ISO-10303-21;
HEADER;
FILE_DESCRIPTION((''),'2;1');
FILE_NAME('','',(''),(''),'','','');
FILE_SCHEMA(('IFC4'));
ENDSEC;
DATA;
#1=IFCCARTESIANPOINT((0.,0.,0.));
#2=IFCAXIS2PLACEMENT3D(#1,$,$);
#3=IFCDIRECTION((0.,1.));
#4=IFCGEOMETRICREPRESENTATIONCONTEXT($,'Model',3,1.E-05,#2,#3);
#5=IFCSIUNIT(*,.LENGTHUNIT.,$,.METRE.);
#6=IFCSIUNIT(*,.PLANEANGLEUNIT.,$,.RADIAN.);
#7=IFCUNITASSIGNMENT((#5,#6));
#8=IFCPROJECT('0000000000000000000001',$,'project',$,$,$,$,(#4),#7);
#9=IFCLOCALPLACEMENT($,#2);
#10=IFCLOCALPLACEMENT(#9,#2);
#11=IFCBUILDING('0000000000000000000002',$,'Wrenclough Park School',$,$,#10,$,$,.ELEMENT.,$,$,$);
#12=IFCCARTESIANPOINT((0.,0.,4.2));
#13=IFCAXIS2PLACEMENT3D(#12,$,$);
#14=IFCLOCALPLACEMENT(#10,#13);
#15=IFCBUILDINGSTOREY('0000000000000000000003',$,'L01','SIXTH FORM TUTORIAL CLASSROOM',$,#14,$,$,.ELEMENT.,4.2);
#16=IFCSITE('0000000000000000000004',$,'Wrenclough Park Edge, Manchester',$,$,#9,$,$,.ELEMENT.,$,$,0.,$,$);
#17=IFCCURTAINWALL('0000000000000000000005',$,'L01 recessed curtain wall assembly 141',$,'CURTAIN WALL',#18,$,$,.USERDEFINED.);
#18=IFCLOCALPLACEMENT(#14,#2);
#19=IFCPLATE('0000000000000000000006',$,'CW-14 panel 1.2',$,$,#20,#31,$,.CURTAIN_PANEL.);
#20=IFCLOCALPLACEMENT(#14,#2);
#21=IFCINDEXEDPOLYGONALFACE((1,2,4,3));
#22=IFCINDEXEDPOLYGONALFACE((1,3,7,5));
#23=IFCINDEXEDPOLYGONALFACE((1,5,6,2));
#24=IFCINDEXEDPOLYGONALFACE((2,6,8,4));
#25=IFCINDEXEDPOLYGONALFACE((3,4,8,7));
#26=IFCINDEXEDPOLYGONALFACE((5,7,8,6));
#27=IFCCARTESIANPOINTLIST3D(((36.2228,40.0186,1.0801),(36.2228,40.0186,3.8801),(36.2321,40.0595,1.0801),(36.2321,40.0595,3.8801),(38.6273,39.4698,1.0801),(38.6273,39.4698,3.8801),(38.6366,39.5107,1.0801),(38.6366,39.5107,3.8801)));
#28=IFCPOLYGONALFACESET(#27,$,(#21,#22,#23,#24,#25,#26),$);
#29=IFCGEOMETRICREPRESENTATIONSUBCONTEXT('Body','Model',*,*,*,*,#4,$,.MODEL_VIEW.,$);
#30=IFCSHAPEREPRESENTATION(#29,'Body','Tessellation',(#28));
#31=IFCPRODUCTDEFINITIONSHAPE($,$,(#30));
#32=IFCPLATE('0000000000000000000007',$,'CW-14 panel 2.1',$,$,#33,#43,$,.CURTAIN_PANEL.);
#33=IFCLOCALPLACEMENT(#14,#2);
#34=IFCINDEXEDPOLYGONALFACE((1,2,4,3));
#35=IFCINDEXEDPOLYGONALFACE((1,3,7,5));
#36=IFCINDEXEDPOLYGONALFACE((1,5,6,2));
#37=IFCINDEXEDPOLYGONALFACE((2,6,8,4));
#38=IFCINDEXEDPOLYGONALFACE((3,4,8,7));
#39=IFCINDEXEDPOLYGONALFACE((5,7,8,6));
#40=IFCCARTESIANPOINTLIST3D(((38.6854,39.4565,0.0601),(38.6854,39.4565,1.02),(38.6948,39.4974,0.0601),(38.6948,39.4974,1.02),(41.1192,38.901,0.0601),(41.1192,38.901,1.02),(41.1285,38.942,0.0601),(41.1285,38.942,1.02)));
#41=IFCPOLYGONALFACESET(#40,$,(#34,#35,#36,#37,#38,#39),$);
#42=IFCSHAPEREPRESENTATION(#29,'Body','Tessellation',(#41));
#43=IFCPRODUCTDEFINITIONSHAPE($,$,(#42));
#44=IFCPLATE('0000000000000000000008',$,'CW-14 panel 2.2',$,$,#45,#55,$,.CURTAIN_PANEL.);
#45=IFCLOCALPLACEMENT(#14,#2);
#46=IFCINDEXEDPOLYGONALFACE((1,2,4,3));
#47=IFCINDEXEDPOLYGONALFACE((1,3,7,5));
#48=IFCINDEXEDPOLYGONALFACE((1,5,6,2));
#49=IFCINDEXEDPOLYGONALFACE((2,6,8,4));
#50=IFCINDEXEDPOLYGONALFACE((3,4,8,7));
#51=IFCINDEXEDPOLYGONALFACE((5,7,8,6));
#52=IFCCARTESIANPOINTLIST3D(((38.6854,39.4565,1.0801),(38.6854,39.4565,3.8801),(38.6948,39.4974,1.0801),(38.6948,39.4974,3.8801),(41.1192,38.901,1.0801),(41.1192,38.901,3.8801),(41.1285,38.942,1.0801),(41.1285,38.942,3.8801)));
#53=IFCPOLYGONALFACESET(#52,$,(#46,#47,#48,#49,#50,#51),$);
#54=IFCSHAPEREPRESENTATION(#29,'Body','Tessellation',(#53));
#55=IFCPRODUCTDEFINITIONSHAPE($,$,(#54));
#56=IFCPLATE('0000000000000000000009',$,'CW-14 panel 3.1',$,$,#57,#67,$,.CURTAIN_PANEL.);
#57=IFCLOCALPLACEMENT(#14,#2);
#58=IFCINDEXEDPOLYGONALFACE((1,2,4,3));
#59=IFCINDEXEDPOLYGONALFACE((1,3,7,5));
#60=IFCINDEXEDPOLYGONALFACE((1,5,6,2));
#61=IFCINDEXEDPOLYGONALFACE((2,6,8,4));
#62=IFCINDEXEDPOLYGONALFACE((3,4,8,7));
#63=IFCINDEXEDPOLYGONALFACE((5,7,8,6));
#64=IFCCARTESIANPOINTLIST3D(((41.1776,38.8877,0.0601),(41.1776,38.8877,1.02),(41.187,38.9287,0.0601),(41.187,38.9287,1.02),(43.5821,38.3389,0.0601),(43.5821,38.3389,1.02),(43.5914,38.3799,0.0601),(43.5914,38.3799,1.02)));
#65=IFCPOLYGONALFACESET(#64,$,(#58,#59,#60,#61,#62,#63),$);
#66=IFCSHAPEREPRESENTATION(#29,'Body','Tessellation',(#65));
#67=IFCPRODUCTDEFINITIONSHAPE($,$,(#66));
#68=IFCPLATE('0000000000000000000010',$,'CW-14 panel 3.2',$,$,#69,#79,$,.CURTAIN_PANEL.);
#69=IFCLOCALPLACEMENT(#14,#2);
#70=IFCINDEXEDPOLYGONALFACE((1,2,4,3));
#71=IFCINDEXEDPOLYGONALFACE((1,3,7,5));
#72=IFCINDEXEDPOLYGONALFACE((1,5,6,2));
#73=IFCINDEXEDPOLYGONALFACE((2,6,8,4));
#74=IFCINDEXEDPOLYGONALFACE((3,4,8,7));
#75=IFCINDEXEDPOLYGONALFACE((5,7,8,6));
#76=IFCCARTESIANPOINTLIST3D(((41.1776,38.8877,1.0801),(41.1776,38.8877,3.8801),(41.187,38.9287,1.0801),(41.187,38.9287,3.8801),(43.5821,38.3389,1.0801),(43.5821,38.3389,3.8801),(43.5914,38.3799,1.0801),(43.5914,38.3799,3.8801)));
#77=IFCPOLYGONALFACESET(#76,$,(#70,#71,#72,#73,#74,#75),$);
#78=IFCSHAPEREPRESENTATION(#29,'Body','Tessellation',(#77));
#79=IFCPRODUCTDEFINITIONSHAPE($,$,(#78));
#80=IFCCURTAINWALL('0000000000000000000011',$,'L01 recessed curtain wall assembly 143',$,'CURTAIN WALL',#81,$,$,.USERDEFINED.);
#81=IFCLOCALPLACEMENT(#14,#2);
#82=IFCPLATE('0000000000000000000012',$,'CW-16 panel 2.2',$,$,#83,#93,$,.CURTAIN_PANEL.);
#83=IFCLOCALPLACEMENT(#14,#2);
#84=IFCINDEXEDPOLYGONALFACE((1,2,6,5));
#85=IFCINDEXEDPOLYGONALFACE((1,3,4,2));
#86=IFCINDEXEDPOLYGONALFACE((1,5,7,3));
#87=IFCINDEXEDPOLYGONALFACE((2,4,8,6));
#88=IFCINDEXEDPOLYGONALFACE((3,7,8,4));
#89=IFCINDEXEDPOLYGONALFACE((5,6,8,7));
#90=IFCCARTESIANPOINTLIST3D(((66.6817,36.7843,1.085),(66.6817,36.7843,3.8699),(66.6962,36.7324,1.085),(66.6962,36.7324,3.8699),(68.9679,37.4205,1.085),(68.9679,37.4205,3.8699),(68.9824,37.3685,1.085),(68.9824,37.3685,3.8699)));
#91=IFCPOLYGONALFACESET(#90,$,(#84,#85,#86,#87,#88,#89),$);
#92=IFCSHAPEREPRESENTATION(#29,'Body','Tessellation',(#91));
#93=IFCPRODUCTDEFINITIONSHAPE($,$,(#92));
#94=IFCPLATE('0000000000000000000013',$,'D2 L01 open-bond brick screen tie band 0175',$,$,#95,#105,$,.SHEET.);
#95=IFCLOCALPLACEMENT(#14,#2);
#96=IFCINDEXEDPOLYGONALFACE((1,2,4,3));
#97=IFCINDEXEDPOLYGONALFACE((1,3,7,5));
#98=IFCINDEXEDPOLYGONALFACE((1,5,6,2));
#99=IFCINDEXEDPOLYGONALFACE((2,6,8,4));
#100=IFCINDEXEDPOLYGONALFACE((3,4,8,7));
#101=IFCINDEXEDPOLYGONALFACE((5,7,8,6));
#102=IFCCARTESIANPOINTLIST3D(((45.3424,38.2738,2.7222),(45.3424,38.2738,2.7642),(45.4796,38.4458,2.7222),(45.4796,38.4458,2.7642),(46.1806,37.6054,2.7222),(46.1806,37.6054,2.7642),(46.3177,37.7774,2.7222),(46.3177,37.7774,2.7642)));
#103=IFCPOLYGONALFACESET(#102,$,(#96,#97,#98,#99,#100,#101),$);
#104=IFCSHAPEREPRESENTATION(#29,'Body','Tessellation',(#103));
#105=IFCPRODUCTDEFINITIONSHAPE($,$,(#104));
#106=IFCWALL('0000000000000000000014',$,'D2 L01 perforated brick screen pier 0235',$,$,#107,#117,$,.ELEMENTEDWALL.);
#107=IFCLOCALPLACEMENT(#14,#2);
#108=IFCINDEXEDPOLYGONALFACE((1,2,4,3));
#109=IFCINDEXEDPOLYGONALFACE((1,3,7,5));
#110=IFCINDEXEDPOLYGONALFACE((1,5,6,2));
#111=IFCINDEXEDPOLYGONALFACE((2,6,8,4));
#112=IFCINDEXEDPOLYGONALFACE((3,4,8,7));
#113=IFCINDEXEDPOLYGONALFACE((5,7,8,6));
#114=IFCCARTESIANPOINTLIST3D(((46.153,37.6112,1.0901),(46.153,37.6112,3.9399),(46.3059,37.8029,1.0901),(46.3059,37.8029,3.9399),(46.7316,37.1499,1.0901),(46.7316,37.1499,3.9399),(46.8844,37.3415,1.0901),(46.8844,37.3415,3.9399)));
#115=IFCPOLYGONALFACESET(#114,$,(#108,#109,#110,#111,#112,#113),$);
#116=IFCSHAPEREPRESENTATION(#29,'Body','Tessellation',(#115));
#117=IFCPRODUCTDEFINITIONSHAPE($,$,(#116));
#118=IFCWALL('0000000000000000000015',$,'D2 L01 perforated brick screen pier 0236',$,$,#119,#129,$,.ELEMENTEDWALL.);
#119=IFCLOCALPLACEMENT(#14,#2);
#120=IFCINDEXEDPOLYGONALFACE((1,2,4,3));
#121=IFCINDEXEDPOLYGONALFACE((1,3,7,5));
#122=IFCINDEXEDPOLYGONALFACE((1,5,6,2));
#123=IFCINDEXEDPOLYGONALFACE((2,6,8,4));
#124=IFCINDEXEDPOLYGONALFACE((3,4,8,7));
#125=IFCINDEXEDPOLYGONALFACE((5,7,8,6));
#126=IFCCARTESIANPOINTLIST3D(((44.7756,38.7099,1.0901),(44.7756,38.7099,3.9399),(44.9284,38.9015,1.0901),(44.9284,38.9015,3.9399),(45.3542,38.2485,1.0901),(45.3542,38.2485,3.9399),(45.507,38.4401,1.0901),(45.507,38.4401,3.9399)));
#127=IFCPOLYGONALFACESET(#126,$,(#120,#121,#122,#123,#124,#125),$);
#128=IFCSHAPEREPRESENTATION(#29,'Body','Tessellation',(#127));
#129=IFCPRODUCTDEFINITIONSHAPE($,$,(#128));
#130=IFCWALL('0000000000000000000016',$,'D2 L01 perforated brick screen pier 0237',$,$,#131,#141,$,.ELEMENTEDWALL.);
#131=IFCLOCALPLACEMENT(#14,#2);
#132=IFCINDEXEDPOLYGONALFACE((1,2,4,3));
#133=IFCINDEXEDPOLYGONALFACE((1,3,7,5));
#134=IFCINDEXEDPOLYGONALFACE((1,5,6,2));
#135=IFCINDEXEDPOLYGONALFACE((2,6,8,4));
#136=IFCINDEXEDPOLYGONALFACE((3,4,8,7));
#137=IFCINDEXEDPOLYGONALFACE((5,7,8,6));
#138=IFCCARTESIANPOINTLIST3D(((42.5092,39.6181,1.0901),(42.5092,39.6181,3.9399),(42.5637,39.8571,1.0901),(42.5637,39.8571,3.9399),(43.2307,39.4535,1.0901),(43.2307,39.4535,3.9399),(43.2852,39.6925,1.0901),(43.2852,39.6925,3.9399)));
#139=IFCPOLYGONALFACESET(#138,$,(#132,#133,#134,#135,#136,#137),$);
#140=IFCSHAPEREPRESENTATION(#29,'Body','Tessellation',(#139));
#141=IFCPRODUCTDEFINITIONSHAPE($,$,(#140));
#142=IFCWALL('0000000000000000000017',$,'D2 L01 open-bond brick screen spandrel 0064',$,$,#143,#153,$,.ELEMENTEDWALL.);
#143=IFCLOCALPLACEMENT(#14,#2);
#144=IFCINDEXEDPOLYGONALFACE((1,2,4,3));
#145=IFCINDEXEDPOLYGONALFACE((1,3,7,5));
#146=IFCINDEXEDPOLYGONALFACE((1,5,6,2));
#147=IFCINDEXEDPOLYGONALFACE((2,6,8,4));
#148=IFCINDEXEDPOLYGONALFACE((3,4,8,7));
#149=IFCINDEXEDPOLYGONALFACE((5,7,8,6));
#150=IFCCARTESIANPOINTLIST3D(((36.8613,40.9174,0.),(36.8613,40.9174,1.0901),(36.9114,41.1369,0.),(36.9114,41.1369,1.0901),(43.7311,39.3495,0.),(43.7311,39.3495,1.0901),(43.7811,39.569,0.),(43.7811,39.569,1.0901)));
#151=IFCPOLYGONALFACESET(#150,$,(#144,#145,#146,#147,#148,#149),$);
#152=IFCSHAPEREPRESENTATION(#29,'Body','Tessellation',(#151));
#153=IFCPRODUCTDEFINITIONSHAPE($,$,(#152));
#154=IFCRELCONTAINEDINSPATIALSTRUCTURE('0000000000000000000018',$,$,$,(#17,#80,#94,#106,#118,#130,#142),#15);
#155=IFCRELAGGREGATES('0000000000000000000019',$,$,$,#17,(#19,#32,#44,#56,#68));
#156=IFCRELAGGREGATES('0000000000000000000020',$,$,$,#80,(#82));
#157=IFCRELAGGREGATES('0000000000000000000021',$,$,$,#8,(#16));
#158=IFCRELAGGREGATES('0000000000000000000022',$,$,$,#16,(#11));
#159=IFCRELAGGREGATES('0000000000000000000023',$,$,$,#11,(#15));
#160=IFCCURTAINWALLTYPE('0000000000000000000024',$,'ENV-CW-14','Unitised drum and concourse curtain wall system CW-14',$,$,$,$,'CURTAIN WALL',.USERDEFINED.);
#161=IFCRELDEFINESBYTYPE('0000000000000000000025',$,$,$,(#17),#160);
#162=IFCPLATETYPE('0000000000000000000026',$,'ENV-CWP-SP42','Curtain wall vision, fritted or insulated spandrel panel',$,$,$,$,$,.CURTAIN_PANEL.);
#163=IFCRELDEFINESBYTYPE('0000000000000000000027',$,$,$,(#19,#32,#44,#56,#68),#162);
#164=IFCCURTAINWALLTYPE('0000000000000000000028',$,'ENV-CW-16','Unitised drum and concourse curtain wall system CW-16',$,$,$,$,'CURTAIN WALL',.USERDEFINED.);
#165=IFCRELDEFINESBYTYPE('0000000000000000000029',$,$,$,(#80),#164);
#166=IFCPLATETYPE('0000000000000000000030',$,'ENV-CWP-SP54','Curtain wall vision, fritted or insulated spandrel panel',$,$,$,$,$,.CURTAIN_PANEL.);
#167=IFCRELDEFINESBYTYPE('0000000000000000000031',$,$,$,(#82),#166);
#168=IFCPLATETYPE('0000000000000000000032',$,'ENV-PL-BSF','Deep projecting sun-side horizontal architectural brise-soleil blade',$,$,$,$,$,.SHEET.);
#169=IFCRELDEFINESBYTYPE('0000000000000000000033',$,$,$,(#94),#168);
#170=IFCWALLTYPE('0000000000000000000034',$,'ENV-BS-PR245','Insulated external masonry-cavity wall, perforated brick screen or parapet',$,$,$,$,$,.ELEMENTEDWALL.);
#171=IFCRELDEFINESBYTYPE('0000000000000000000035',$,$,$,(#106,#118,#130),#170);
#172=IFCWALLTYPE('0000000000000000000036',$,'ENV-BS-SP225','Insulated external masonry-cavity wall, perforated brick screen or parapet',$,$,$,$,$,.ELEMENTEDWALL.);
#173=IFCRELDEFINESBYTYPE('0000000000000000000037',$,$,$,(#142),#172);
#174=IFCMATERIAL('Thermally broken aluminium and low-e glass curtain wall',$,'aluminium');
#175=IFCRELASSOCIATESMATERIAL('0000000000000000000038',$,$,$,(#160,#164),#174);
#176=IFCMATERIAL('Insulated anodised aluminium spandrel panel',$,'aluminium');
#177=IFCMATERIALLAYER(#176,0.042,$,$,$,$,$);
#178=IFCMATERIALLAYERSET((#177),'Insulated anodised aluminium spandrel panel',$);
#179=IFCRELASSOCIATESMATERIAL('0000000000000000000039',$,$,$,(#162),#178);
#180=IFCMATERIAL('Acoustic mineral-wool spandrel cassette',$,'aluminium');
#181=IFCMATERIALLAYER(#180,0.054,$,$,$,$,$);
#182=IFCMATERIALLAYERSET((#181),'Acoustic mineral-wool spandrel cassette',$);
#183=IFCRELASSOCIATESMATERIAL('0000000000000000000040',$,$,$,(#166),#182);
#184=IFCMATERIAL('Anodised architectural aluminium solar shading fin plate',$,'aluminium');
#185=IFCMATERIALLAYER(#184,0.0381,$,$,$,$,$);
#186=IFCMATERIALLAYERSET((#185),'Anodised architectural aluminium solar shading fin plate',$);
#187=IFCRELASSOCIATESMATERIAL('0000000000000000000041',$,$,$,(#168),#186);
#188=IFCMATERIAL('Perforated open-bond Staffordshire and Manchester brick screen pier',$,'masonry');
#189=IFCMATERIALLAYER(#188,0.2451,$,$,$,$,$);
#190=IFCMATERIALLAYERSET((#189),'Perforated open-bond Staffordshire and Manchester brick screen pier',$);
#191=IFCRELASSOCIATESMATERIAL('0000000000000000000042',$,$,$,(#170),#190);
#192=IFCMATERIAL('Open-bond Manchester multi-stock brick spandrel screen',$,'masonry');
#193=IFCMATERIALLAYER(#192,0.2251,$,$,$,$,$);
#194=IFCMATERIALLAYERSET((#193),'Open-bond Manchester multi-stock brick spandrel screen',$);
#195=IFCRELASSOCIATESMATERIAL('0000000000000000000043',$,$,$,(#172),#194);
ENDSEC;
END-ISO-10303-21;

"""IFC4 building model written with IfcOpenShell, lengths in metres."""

from ifc_helpers import new_model, si_unit, direction, frame, frame_2d, origin, origin_2d, place, context, subcontext, project, spatial, rectangle, extrude, material, layer, layer_set, type_object, element, aggregate, save


model = new_model("IFC4")

# Units and contexts
model_context = context("Model", 3, precision=1e-05, world=origin(), true_north=direction((0.0, 1.0)))
body_context = subcontext(model_context, "Body", "Model", "MODEL_VIEW")
ifc_project = project(units=[si_unit("LENGTHUNIT", "METRE"), si_unit("PLANEANGLEUNIT", "RADIAN")], contexts=[model_context])

# Site, building, storey
site_placement = place(None, origin())
site = spatial("IfcSite", under=ifc_project, at=site_placement, Name="Wrenclough Park Edge, Manchester", CompositionType="ELEMENT", RefElevation=0.0)
building_placement = place(site_placement, origin())
building = spatial("IfcBuilding", under=site, at=building_placement, Name="Wrenclough Park School", CompositionType="ELEMENT")
storey_placement = place(building_placement, frame((0.0, 0.0, 4.2)))
storey = spatial("IfcBuildingStorey", under=building, at=storey_placement, Name="L01", Description="SIXTH FORM TUTORIAL CLASSROOM", CompositionType="ELEMENT", Elevation=4.2)

# Curtain wall
ifc_material_1 = material(Name="Thermally broken aluminium and low-e glass curtain wall", Category="aluminium")
curtain_wall_type_1 = type_object("IfcCurtainWallType", Name="ENV-CW-14", Description="Unitised drum and concourse curtain wall system CW-14", ElementType="CURTAIN WALL", PredefinedType="USERDEFINED", material=ifc_material_1)
curtain_wall_1_placement = place(storey_placement, origin())
curtain_wall_1 = element("IfcCurtainWall", 1, at=curtain_wall_1_placement, inside=storey, type_object=curtain_wall_type_1, Name="L01 recessed curtain wall assembly 141", ObjectType="CURTAIN WALL", PredefinedType="USERDEFINED")

# Plates
ifc_material_2 = material(Name="Insulated anodised aluminium spandrel panel", Category="aluminium")
ifc_layer_1 = layer(ifc_material_2, 0.042)
ifc_layer_set_1 = layer_set([ifc_layer_1], Name="Insulated anodised aluminium spandrel panel")
plate_type_1 = type_object("IfcPlateType", Name="ENV-CWP-SP42", Description="Curtain wall vision, fritted or insulated spandrel panel", PredefinedType="CURTAIN_PANEL", material=ifc_layer_set_1)
plate_1_placement = place(storey_placement, frame((37.4297, 39.7646, 1.0801), z_axis=(0.0, 0.0, 1.0), x_axis=(0.974929, -0.222516, 0.0)))
plate_1 = element("IfcPlate", 2, at=plate_1_placement, type_object=plate_type_1, Name="CW-14 panel 1.2", PredefinedType="CURTAIN_PANEL", context=body_context, shape_type="SweptSolid", body=[
    extrude(rectangle(XDim=2.4663, YDim=0.042, at=origin_2d()), origin(), (0.0, 0.0, 1.0), 2.8),
])
plate_2_placement = place(storey_placement, frame((39.907, 39.1992, 0.0601), z_axis=(0.0, 0.0, 1.0), x_axis=(0.974929, -0.222516, 0.0)))
plate_2 = element("IfcPlate", 3, at=plate_2_placement, type_object=plate_type_1, Name="CW-14 panel 2.1", PredefinedType="CURTAIN_PANEL", context=body_context, shape_type="SweptSolid", body=[
    extrude(rectangle(XDim=2.4963, YDim=0.042, at=origin_2d()), origin(), (0.0, 0.0, 1.0), 0.96),
])
plate_3_placement = place(storey_placement, frame((39.907, 39.1992, 1.0801), z_axis=(0.0, 0.0, 1.0), x_axis=(0.974929, -0.222516, 0.0)))
plate_3 = element("IfcPlate", 4, at=plate_3_placement, type_object=plate_type_1, Name="CW-14 panel 2.2", PredefinedType="CURTAIN_PANEL", context=body_context, shape_type="SweptSolid", body=[
    extrude(rectangle(XDim=2.4963, YDim=0.042, at=origin_2d()), origin(), (0.0, 0.0, 1.0), 2.8),
])
plate_4_placement = place(storey_placement, frame((42.3845, 38.6338, 0.0601), z_axis=(0.0, 0.0, 1.0), x_axis=(0.974929, -0.222516, 0.0)))
plate_4 = element("IfcPlate", 5, at=plate_4_placement, type_object=plate_type_1, Name="CW-14 panel 3.1", PredefinedType="CURTAIN_PANEL", context=body_context, shape_type="SweptSolid", body=[
    extrude(rectangle(XDim=2.4663, YDim=0.042, at=origin_2d()), origin(), (0.0, 0.0, 1.0), 0.96),
])
plate_5_placement = place(storey_placement, frame((42.3845, 38.6338, 1.0801), z_axis=(0.0, 0.0, 1.0), x_axis=(0.974929, -0.222516, 0.0)))
plate_5 = element("IfcPlate", 6, at=plate_5_placement, type_object=plate_type_1, Name="CW-14 panel 3.2", PredefinedType="CURTAIN_PANEL", context=body_context, shape_type="SweptSolid", body=[
    extrude(rectangle(XDim=2.4663, YDim=0.042, at=origin_2d()), origin(), (0.0, 0.0, 1.0), 2.8),
])
aggregate(curtain_wall_1, [plate_1, plate_2, plate_3, plate_4, plate_5])

# Curtain wall, plate
curtain_wall_type_2 = type_object("IfcCurtainWallType", Name="ENV-CW-16", Description="Unitised drum and concourse curtain wall system CW-16", ElementType="CURTAIN WALL", PredefinedType="USERDEFINED", material=ifc_material_1)
curtain_wall_2_placement = place(storey_placement, origin())
curtain_wall_2 = element("IfcCurtainWall", 7, at=curtain_wall_2_placement, inside=storey, type_object=curtain_wall_type_2, Name="L01 recessed curtain wall assembly 143", ObjectType="CURTAIN WALL", PredefinedType="USERDEFINED")
ifc_material_3 = material(Name="Acoustic mineral-wool spandrel cassette", Category="aluminium")
ifc_layer_2 = layer(ifc_material_3, 0.054)
ifc_layer_set_2 = layer_set([ifc_layer_2], Name="Acoustic mineral-wool spandrel cassette")
plate_type_2 = type_object("IfcPlateType", Name="ENV-CWP-SP54", Description="Curtain wall vision, fritted or insulated spandrel panel", PredefinedType="CURTAIN_PANEL", material=ifc_layer_set_2)
plate_6_placement = place(storey_placement, frame((67.832, 37.0764, 1.085), z_axis=(0.0, 0.0, 1.0), x_axis=(0.963399, 0.268072, 0.0)))
plate_6 = element("IfcPlate", 8, at=plate_6_placement, type_object=plate_type_2, Name="CW-16 panel 2.2", PredefinedType="CURTAIN_PANEL", context=body_context, shape_type="SweptSolid", body=[
    extrude(rectangle(XDim=2.373, YDim=0.054, at=origin_2d()), origin(), (0.0, 0.0, 1.0), 2.7849),
])
aggregate(curtain_wall_2, [plate_6])

# Plate
ifc_material_4 = material(Name="Anodised architectural aluminium solar shading fin plate", Category="aluminium")
ifc_layer_3 = layer(ifc_material_4, 0.0381)
ifc_layer_set_3 = layer_set([ifc_layer_3], Name="Anodised architectural aluminium solar shading fin plate")
plate_type_3 = type_object("IfcPlateType", Name="ENV-PL-BSF", Description="Deep projecting sun-side horizontal architectural brise-soleil blade", PredefinedType="SHEET", material=ifc_layer_set_3)
plate_7_placement = place(storey_placement, frame((45.8301, 38.0256, 2.7222), z_axis=(0.0, 0.0, 1.0), x_axis=(-0.781826, 0.623497, 0.0)))
element("IfcPlate", 9, at=plate_7_placement, inside=storey, type_object=plate_type_3, Name="D2 L01 open-bond brick screen tie band 0175", PredefinedType="SHEET", context=body_context, shape_type="SweptSolid", body=[
    extrude(rectangle(XDim=1.072, YDim=0.22, at=origin_2d()), origin(), (0.0, 0.0, 1.0), 0.042),
])

# Walls
ifc_material_5 = material(Name="Perforated open-bond Staffordshire and Manchester brick screen pier", Category="masonry")
ifc_layer_4 = layer(ifc_material_5, 0.2451)
ifc_layer_set_4 = layer_set([ifc_layer_4], Name="Perforated open-bond Staffordshire and Manchester brick screen pier")
wall_type_1 = type_object("IfcWallType", Name="ENV-BS-PR245", Description="Insulated external masonry-cavity wall, perforated brick screen or parapet", PredefinedType="ELEMENTEDWALL", material=ifc_layer_set_4)
for number, where, z_axis, x_axis, name in (
    (10, (46.8081, 37.2456, 1.0901), (0.0, 0.0, 1.0), (-0.781833, 0.623487, 0.0), "D2 L01 perforated brick screen pier 0235"),
    (11, (45.4307, 38.3442, 1.0901), (0.0, 0.0, 1.0), (-0.781833, 0.623487, 0.0), "D2 L01 perforated brick screen pier 0236"),
    (12, (43.2581, 39.573, 1.0901), (0.0, 0.0, 1.0), (-0.974961, 0.222377, 0.0), "D2 L01 perforated brick screen pier 0237"),
):
    element("IfcWall", number, at=place(storey_placement, frame(where, z_axis=z_axis, x_axis=x_axis)), inside=storey, type_object=wall_type_1, Name=name, PredefinedType="ELEMENTEDWALL", context=body_context, shape_type="SweptSolid", body=[
        extrude(rectangle(XDim=0.74, YDim=0.2451, at=frame_2d((0.3701, 0.0))), origin(), (0.0, 0.0, 1.0), 2.8499),
    ])
ifc_material_6 = material(Name="Open-bond Manchester multi-stock brick spandrel screen", Category="masonry")
ifc_layer_5 = layer(ifc_material_6, 0.2251)
ifc_layer_set_5 = layer_set([ifc_layer_5], Name="Open-bond Manchester multi-stock brick spandrel screen")
wall_type_2 = type_object("IfcWallType", Name="ENV-BS-SP225", Description="Insulated external masonry-cavity wall, perforated brick screen or parapet", PredefinedType="ELEMENTEDWALL", material=ifc_layer_set_5)
wall_1_placement = place(storey_placement, frame((43.7561, 39.4592, 0.0), z_axis=(0.0, 0.0, 1.0), x_axis=(-0.97493, 0.222511, 0.0)))
element("IfcWall", 13, at=wall_1_placement, inside=storey, type_object=wall_type_2, Name="D2 L01 open-bond brick screen spandrel 0064", PredefinedType="ELEMENTEDWALL", context=body_context, shape_type="SweptSolid", body=[
    extrude(rectangle(XDim=7.0464, YDim=0.2251, at=frame_2d((3.5232, 0.0))), origin(), (0.0, 0.0, 1.0), 1.0901),
])

save(model, "model.ifc")
